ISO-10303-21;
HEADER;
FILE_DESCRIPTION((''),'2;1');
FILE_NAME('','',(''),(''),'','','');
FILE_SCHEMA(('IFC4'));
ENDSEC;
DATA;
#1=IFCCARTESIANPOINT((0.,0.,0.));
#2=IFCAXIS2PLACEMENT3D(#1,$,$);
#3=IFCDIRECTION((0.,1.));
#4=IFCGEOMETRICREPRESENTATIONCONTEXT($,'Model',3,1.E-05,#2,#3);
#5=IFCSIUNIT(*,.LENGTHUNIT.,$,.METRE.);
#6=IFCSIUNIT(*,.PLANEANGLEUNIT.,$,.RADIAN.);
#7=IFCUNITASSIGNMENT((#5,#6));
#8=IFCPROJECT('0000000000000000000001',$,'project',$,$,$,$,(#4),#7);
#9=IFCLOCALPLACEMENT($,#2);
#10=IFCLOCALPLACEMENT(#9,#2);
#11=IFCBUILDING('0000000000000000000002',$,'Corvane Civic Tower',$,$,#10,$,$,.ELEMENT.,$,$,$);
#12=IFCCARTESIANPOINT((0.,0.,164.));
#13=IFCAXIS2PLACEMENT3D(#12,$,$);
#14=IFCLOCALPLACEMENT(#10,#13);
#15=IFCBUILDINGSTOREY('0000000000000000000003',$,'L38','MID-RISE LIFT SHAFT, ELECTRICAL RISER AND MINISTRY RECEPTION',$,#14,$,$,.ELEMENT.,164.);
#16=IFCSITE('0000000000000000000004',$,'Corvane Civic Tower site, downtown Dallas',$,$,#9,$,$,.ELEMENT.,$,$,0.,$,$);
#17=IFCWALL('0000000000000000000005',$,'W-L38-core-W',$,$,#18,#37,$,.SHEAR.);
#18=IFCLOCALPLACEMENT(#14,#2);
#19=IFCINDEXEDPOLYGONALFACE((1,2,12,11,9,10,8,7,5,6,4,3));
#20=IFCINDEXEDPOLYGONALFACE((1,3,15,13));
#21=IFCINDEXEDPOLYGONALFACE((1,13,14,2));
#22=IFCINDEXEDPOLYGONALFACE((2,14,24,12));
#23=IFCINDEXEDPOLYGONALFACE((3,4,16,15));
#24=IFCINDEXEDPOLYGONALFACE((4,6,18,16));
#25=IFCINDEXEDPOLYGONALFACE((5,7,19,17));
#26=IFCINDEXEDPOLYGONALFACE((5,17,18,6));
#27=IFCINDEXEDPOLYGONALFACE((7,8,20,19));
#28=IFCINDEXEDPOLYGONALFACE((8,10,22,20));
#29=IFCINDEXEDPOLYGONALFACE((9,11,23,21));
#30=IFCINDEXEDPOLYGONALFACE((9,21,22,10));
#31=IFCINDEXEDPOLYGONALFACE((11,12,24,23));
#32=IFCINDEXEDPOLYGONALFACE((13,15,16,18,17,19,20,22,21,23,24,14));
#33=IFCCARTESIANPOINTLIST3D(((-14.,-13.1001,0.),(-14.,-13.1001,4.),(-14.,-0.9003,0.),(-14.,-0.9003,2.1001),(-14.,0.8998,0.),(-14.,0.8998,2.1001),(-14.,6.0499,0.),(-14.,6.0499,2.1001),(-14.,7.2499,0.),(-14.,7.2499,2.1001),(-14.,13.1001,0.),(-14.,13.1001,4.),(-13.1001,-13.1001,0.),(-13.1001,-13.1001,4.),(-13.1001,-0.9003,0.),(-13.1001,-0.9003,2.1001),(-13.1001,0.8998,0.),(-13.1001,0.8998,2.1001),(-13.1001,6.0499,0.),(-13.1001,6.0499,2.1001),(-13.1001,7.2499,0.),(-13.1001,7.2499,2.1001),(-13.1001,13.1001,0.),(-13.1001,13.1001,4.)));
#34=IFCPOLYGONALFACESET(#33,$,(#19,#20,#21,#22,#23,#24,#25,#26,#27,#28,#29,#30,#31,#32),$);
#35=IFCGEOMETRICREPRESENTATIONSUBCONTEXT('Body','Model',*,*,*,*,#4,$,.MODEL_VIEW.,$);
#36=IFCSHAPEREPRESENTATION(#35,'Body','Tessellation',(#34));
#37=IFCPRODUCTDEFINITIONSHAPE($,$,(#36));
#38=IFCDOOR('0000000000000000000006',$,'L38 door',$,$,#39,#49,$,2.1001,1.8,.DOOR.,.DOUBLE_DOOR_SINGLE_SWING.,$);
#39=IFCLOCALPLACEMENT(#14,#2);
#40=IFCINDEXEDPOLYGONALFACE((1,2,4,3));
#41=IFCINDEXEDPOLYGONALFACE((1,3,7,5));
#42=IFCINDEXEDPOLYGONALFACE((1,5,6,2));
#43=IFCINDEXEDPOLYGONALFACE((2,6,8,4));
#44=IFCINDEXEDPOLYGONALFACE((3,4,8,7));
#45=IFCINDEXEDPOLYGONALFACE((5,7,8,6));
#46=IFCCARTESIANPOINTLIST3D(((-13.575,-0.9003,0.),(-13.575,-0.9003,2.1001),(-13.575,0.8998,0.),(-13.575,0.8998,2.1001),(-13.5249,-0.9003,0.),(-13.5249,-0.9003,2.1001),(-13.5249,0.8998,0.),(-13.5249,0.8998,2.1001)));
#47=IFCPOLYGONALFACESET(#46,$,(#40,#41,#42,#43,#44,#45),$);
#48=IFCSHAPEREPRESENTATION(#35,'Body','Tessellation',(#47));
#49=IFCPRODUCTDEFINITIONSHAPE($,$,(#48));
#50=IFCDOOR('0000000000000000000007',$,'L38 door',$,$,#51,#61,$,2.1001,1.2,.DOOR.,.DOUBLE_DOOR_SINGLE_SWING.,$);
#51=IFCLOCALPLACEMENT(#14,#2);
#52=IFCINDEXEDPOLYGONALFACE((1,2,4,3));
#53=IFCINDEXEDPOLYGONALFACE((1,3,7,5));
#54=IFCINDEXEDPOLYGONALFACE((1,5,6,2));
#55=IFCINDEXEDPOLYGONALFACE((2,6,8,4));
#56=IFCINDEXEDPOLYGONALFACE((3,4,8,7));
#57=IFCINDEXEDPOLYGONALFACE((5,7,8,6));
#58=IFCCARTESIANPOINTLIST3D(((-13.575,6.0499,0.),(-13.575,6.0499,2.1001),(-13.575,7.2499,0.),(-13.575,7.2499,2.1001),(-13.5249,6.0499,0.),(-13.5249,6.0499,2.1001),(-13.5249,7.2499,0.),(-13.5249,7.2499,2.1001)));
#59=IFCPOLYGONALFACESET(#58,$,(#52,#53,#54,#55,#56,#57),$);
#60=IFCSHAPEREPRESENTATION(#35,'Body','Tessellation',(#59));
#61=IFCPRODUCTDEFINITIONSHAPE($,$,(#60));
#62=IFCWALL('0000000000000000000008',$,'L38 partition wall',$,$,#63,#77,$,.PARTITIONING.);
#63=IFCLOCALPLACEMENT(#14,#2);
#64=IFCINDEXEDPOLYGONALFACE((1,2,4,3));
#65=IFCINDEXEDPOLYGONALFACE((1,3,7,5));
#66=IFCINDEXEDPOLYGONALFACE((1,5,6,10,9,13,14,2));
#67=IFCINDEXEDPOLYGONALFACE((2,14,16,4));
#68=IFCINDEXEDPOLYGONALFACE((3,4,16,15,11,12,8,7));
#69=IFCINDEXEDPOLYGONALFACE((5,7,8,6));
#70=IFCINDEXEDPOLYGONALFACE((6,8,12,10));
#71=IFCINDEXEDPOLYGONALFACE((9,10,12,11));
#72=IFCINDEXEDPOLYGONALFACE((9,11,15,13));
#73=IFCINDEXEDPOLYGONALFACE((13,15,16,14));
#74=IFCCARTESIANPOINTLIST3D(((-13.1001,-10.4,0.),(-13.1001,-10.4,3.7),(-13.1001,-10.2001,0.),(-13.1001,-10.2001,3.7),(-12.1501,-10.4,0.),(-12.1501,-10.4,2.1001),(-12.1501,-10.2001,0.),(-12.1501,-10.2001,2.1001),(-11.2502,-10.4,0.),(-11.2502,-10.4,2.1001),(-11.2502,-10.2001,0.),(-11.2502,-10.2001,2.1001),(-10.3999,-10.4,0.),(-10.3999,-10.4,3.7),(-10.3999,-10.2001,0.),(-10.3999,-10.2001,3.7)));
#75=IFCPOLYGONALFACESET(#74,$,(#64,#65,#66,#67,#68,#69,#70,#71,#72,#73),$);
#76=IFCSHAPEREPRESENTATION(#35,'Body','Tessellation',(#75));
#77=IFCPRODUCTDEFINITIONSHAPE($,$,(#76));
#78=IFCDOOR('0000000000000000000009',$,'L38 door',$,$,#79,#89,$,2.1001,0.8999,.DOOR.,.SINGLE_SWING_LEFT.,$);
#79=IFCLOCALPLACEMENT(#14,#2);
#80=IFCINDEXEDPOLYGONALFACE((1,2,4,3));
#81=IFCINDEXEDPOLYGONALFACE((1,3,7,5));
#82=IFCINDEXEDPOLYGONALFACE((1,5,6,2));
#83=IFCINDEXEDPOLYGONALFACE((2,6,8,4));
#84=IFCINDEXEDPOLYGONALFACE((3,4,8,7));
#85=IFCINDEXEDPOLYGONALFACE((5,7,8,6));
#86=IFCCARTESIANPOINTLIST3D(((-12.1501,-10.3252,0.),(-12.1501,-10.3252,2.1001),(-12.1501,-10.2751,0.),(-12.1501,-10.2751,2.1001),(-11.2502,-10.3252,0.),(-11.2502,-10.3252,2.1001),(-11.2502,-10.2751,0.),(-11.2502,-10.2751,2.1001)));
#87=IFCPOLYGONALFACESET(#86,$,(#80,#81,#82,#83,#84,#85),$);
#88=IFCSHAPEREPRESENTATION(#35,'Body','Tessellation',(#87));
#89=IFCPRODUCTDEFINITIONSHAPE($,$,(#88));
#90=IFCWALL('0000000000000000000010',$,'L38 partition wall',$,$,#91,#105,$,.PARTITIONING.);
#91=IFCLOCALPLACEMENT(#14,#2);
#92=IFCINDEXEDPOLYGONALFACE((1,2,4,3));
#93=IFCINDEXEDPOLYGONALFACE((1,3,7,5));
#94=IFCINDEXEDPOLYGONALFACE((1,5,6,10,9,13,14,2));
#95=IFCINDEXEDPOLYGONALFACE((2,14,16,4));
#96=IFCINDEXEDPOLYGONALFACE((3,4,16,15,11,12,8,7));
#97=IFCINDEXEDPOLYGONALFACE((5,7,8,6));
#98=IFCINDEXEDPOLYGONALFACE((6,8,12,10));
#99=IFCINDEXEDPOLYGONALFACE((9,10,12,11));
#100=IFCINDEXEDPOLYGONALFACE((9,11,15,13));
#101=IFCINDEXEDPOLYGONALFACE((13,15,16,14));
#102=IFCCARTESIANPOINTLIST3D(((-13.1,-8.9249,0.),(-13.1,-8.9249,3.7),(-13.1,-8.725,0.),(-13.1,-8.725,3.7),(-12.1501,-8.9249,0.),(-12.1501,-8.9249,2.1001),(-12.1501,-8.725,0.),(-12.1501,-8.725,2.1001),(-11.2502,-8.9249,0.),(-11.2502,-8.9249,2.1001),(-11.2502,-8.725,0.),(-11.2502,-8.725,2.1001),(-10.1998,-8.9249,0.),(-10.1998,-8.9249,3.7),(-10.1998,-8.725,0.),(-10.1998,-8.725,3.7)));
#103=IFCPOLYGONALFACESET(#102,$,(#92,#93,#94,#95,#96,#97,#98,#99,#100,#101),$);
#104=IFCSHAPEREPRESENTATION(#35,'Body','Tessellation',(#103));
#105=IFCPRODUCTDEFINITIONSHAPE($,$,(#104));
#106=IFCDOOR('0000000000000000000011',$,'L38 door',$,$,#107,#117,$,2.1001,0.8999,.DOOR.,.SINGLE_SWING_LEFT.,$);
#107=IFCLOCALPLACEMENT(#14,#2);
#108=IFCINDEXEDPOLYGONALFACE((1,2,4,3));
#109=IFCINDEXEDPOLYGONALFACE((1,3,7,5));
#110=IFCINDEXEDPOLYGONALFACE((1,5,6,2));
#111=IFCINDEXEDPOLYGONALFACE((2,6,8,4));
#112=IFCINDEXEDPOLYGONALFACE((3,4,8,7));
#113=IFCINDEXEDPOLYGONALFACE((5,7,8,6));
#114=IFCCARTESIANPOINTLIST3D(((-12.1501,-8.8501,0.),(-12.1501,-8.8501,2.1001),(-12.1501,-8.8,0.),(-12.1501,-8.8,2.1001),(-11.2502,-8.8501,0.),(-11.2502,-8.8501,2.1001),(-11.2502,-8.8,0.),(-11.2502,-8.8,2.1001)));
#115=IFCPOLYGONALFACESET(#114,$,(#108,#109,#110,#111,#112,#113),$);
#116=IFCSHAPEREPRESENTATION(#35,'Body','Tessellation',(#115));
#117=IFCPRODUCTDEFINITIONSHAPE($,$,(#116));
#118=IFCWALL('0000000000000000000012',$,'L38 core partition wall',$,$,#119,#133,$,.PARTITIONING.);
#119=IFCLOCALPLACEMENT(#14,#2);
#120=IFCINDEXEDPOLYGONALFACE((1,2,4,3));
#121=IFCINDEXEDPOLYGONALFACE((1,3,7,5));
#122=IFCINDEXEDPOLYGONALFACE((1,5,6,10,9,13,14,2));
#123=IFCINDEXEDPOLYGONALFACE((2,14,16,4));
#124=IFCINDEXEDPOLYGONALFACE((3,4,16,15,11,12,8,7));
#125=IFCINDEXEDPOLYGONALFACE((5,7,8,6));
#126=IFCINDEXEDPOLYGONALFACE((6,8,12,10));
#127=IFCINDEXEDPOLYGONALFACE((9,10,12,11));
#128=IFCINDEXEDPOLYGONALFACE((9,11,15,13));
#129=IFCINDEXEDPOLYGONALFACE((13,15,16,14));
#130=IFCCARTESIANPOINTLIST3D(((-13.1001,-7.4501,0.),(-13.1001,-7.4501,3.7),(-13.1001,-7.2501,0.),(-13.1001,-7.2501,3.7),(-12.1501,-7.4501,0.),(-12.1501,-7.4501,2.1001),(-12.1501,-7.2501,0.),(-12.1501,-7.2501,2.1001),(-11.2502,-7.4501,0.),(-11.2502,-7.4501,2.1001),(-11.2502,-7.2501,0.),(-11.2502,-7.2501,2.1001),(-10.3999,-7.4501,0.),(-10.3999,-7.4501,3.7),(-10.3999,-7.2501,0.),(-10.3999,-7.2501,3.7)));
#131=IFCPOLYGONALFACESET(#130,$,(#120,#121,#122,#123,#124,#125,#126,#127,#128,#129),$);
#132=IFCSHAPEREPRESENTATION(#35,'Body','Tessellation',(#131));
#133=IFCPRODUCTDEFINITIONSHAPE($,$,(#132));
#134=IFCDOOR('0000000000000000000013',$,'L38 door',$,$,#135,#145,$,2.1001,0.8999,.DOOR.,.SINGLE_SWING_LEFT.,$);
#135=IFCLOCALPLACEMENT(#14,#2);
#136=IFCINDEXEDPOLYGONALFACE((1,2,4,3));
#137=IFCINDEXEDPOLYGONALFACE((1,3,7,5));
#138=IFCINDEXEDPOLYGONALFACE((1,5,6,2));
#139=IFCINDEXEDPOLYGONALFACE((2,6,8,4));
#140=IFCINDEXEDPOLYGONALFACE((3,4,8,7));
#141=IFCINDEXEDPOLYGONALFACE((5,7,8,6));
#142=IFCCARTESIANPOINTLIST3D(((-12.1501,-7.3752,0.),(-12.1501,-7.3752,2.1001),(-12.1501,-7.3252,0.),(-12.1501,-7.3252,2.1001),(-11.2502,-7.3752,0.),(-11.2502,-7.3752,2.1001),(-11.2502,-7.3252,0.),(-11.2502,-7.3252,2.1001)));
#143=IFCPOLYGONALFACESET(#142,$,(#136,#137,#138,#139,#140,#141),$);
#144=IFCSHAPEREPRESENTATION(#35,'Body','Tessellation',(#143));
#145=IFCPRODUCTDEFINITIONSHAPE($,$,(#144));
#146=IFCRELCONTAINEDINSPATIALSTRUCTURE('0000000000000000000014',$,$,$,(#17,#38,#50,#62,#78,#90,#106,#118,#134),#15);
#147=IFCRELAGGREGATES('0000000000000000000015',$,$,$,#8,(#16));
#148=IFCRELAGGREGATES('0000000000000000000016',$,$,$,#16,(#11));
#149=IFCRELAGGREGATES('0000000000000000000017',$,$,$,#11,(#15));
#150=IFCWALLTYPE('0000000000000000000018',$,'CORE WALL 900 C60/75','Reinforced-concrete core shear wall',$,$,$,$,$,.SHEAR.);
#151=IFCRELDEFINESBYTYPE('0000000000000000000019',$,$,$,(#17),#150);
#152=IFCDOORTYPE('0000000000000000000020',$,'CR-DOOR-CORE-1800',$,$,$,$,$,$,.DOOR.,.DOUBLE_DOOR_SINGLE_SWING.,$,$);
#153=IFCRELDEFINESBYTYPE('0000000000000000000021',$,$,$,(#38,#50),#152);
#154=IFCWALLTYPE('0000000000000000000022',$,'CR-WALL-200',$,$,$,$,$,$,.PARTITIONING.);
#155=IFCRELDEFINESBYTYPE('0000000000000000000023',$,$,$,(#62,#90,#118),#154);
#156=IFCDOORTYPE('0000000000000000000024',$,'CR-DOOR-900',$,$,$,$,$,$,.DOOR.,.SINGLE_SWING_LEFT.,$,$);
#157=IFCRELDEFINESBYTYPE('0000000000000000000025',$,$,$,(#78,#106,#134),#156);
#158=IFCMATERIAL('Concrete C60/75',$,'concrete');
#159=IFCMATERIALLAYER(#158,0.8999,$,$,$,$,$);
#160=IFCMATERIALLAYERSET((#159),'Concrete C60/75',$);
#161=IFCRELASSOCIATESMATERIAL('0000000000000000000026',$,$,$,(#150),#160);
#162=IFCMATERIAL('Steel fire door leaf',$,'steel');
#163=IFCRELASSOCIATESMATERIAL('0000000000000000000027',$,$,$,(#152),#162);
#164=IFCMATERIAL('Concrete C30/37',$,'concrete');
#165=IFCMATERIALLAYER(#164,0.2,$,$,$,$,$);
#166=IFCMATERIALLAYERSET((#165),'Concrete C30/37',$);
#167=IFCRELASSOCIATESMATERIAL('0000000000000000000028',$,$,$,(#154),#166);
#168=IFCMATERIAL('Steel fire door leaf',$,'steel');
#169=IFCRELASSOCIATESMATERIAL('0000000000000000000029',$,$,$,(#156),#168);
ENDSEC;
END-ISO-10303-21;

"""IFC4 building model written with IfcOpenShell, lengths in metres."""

from ifc_helpers import new_model, si_unit, direction, frame, frame_2d, origin, place, context, subcontext, project, spatial, rectangle, extrude, material, layer, layer_set, type_object, element, fill, save


model = new_model("IFC4")

# Units and contexts
model_context = context("Model", 3, precision=1e-05, world=origin(), true_north=direction((0.0, 1.0)))
body_context = subcontext(model_context, "Body", "Model", "MODEL_VIEW")
ifc_project = project(units=[si_unit("LENGTHUNIT", "METRE"), si_unit("PLANEANGLEUNIT", "RADIAN")], contexts=[model_context])

# Site, building, storey
site_placement = place(None, origin())
site = spatial("IfcSite", under=ifc_project, at=site_placement, Name="Corvane Civic Tower site, downtown Dallas", CompositionType="ELEMENT", RefElevation=0.0)
building_placement = place(site_placement, origin())
building = spatial("IfcBuilding", under=site, at=building_placement, Name="Corvane Civic Tower", CompositionType="ELEMENT")
storey_placement = place(building_placement, frame((0.0, 0.0, 164.0)))
storey = spatial("IfcBuildingStorey", under=building, at=storey_placement, Name="L38", Description="MID-RISE LIFT SHAFT, ELECTRICAL RISER AND MINISTRY RECEPTION", CompositionType="ELEMENT", Elevation=164.0)

# Shared definitions
ifc_material_1 = material(Name="Concrete C60/75", Category="concrete")
ifc_layer_1 = layer(ifc_material_1, 0.8999)
ifc_layer_set_1 = layer_set([ifc_layer_1], Name="Concrete C60/75")
wall_type_1 = type_object("IfcWallType", Name="CORE WALL 900 C60/75", Description="Reinforced-concrete core shear wall", PredefinedType="SHEAR", material=ifc_layer_set_1)

# Wall, openings, doors
wall_1_placement = place(storey_placement, frame((-13.55, -13.1001, 0.0), z_axis=(0.0, 0.0, 1.0), x_axis=(0.0, 1.0, 0.0)))
wall_1 = element("IfcWall", 1, at=wall_1_placement, inside=storey, type_object=wall_type_1, Name="W-L38-core-W", PredefinedType="SHEAR", context=body_context, shape_type="SweptSolid", body=[
    extrude(rectangle(XDim=26.2002, YDim=0.8999, at=frame_2d((13.1001, 0.0))), origin(), (0.0, 0.0, 1.0), 4.0),
])
opening_1_placement = place(wall_1_placement, frame((12.2, 0.0, 0.0)))
opening_1 = element("IfcOpeningElement", 2, at=opening_1_placement, cuts=wall_1, PredefinedType="OPENING", context=body_context, shape_type="SweptSolid", body=[
    extrude(rectangle(XDim=1.8, YDim=2.1001, at=frame_2d((0.8999, 1.05))), frame((0.0, 0.46, 0.0), z_axis=(0.0, -1.0, 0.0), x_axis=(1.0, 0.0, 0.0)), (0.0, 0.0, 1.0), 0.9199),
])
opening_2_placement = place(wall_1_placement, frame((19.1499, 0.0, 0.0)))
opening_2 = element("IfcOpeningElement", 3, at=opening_2_placement, cuts=wall_1, PredefinedType="OPENING", context=body_context, shape_type="SweptSolid", body=[
    extrude(rectangle(XDim=1.2, YDim=2.1001, at=frame_2d((0.6001, 1.05))), frame((0.0, 0.46, 0.0), z_axis=(0.0, -1.0, 0.0), x_axis=(1.0, 0.0, 0.0)), (0.0, 0.0, 1.0), 0.9199),
])
ifc_material_2 = material(Name="Steel fire door leaf", Category="steel")
door_type_1 = type_object("IfcDoorType", Name="CR-DOOR-CORE-1800", OperationType="DOUBLE_DOOR_SINGLE_SWING", PredefinedType="DOOR", material=ifc_material_2)
door_1_placement = place(opening_1_placement, origin())
door_1 = element("IfcDoor", 4, at=door_1_placement, inside=storey, type_object=door_type_1, Name="L38 door", OperationType="DOUBLE_DOOR_SINGLE_SWING", OverallHeight=2.1001, OverallWidth=1.8, PredefinedType="DOOR", context=body_context, shape_type="SweptSolid", body=[
    extrude(rectangle(XDim=1.8, YDim=2.1001, at=frame_2d((0.8999, 1.05))), frame((0.0, 0.0249, 0.0), z_axis=(0.0, -1.0, 0.0), x_axis=(1.0, 0.0, 0.0)), (0.0, 0.0, 1.0), 0.05),
])
fill(opening_1, door_1)
door_2_placement = place(opening_2_placement, origin())
door_2 = element("IfcDoor", 5, at=door_2_placement, inside=storey, type_object=door_type_1, Name="L38 door", OperationType="DOUBLE_DOOR_SINGLE_SWING", OverallHeight=2.1001, OverallWidth=1.2, PredefinedType="DOOR", context=body_context, shape_type="SweptSolid", body=[
    extrude(rectangle(XDim=1.2, YDim=2.1001, at=frame_2d((0.6001, 1.05))), frame((0.0, 0.0249, 0.0), z_axis=(0.0, -1.0, 0.0), x_axis=(1.0, 0.0, 0.0)), (0.0, 0.0, 1.0), 0.05),
])
fill(opening_2, door_2)

# Walls, openings, doors
ifc_material_3 = material(Name="Concrete C30/37", Category="concrete")
ifc_layer_2 = layer(ifc_material_3, 0.2)
ifc_layer_set_2 = layer_set([ifc_layer_2], Name="Concrete C30/37")
wall_type_2 = type_object("IfcWallType", Name="CR-WALL-200", PredefinedType="PARTITIONING", material=ifc_layer_set_2)
wall_2_placement = place(storey_placement, frame((-13.1001, -10.3, 0.0), z_axis=(0.0, 0.0, 1.0), x_axis=(1.0, 0.0, 0.0)))
wall_2 = element("IfcWall", 6, at=wall_2_placement, inside=storey, type_object=wall_type_2, Name="L38 partition wall", PredefinedType="PARTITIONING", context=body_context, shape_type="SweptSolid", body=[
    extrude(rectangle(XDim=2.7002, YDim=0.2, at=frame_2d((1.3501, 0.0))), origin(), (0.0, 0.0, 1.0), 3.7),
])
opening_3_placement = place(wall_2_placement, frame((0.95, 0.0, 0.0)))
opening_3 = element("IfcOpeningElement", 7, at=opening_3_placement, cuts=wall_2, PredefinedType="OPENING", context=body_context, shape_type="SweptSolid", body=[
    extrude(rectangle(XDim=0.8999, YDim=2.1001, at=frame_2d((0.45, 1.05))), frame((0.0, 0.1099, 0.0), z_axis=(0.0, -1.0, 0.0), x_axis=(1.0, 0.0, 0.0)), (0.0, 0.0, 1.0), 0.22),
])
ifc_material_4 = material(Name="Steel fire door leaf", Category="steel")
door_type_2 = type_object("IfcDoorType", Name="CR-DOOR-900", OperationType="SINGLE_SWING_LEFT", PredefinedType="DOOR", material=ifc_material_4)
door_3_placement = place(opening_3_placement, origin())
door_3 = element("IfcDoor", 8, at=door_3_placement, inside=storey, type_object=door_type_2, Name="L38 door", OperationType="SINGLE_SWING_LEFT", OverallHeight=2.1001, OverallWidth=0.8999, PredefinedType="DOOR", context=body_context, shape_type="SweptSolid", body=[
    extrude(rectangle(XDim=0.8999, YDim=2.1001, at=frame_2d((0.45, 1.05))), frame((0.0, 0.0249, 0.0), z_axis=(0.0, -1.0, 0.0), x_axis=(1.0, 0.0, 0.0)), (0.0, 0.0, 1.0), 0.05),
])
fill(opening_3, door_3)
wall_3_placement = place(storey_placement, frame((-13.1001, -8.825, 0.0), z_axis=(0.0, 0.0, 1.0), x_axis=(1.0, 0.0, 0.0)))
wall_3 = element("IfcWall", 9, at=wall_3_placement, inside=storey, type_object=wall_type_2, Name="L38 partition wall", PredefinedType="PARTITIONING", context=body_context, shape_type="SweptSolid", body=[
    extrude(rectangle(XDim=2.9001, YDim=0.2, at=frame_2d((1.4502, 0.0))), origin(), (0.0, 0.0, 1.0), 3.7),
])
opening_4_placement = place(wall_3_placement, frame((0.95, 0.0, 0.0)))
opening_4 = element("IfcOpeningElement", 10, at=opening_4_placement, cuts=wall_3, PredefinedType="OPENING", context=body_context, shape_type="SweptSolid", body=[
    extrude(rectangle(XDim=0.8999, YDim=2.1001, at=frame_2d((0.45, 1.05))), frame((0.0, 0.1099, 0.0), z_axis=(0.0, -1.0, 0.0), x_axis=(1.0, 0.0, 0.0)), (0.0, 0.0, 1.0), 0.22),
])
door_4_placement = place(opening_4_placement, origin())
door_4 = element("IfcDoor", 11, at=door_4_placement, inside=storey, type_object=door_type_2, Name="L38 door", OperationType="SINGLE_SWING_LEFT", OverallHeight=2.1001, OverallWidth=0.8999, PredefinedType="DOOR", context=body_context, shape_type="SweptSolid", body=[
    extrude(rectangle(XDim=0.8999, YDim=2.1001, at=frame_2d((0.45, 1.05))), frame((0.0, 0.0249, 0.0), z_axis=(0.0, -1.0, 0.0), x_axis=(1.0, 0.0, 0.0)), (0.0, 0.0, 1.0), 0.05),
])
fill(opening_4, door_4)
wall_4_placement = place(storey_placement, frame((-13.1001, -7.3501, 0.0), z_axis=(0.0, 0.0, 1.0), x_axis=(1.0, 0.0, 0.0)))
wall_4 = element("IfcWall", 12, at=wall_4_placement, inside=storey, type_object=wall_type_2, Name="L38 core partition wall", PredefinedType="PARTITIONING", context=body_context, shape_type="SweptSolid", body=[
    extrude(rectangle(XDim=2.7002, YDim=0.2, at=frame_2d((1.3501, 0.0))), origin(), (0.0, 0.0, 1.0), 3.7),
])
opening_5_placement = place(wall_4_placement, frame((0.95, 0.0, 0.0)))
opening_5 = element("IfcOpeningElement", 13, at=opening_5_placement, cuts=wall_4, PredefinedType="OPENING", context=body_context, shape_type="SweptSolid", body=[
    extrude(rectangle(XDim=0.8999, YDim=2.1001, at=frame_2d((0.45, 1.05))), frame((0.0, 0.1099, 0.0), z_axis=(0.0, -1.0, 0.0), x_axis=(1.0, 0.0, 0.0)), (0.0, 0.0, 1.0), 0.22),
])
door_5_placement = place(opening_5_placement, origin())
door_5 = element("IfcDoor", 14, at=door_5_placement, inside=storey, type_object=door_type_2, Name="L38 door", OperationType="SINGLE_SWING_LEFT", OverallHeight=2.1001, OverallWidth=0.8999, PredefinedType="DOOR", context=body_context, shape_type="SweptSolid", body=[
    extrude(rectangle(XDim=0.8999, YDim=2.1001, at=frame_2d((0.45, 1.05))), frame((0.0, 0.0249, 0.0), z_axis=(0.0, -1.0, 0.0), x_axis=(1.0, 0.0, 0.0)), (0.0, 0.0, 1.0), 0.05),
])
fill(opening_5, door_5)

save(model, "model.ifc")
